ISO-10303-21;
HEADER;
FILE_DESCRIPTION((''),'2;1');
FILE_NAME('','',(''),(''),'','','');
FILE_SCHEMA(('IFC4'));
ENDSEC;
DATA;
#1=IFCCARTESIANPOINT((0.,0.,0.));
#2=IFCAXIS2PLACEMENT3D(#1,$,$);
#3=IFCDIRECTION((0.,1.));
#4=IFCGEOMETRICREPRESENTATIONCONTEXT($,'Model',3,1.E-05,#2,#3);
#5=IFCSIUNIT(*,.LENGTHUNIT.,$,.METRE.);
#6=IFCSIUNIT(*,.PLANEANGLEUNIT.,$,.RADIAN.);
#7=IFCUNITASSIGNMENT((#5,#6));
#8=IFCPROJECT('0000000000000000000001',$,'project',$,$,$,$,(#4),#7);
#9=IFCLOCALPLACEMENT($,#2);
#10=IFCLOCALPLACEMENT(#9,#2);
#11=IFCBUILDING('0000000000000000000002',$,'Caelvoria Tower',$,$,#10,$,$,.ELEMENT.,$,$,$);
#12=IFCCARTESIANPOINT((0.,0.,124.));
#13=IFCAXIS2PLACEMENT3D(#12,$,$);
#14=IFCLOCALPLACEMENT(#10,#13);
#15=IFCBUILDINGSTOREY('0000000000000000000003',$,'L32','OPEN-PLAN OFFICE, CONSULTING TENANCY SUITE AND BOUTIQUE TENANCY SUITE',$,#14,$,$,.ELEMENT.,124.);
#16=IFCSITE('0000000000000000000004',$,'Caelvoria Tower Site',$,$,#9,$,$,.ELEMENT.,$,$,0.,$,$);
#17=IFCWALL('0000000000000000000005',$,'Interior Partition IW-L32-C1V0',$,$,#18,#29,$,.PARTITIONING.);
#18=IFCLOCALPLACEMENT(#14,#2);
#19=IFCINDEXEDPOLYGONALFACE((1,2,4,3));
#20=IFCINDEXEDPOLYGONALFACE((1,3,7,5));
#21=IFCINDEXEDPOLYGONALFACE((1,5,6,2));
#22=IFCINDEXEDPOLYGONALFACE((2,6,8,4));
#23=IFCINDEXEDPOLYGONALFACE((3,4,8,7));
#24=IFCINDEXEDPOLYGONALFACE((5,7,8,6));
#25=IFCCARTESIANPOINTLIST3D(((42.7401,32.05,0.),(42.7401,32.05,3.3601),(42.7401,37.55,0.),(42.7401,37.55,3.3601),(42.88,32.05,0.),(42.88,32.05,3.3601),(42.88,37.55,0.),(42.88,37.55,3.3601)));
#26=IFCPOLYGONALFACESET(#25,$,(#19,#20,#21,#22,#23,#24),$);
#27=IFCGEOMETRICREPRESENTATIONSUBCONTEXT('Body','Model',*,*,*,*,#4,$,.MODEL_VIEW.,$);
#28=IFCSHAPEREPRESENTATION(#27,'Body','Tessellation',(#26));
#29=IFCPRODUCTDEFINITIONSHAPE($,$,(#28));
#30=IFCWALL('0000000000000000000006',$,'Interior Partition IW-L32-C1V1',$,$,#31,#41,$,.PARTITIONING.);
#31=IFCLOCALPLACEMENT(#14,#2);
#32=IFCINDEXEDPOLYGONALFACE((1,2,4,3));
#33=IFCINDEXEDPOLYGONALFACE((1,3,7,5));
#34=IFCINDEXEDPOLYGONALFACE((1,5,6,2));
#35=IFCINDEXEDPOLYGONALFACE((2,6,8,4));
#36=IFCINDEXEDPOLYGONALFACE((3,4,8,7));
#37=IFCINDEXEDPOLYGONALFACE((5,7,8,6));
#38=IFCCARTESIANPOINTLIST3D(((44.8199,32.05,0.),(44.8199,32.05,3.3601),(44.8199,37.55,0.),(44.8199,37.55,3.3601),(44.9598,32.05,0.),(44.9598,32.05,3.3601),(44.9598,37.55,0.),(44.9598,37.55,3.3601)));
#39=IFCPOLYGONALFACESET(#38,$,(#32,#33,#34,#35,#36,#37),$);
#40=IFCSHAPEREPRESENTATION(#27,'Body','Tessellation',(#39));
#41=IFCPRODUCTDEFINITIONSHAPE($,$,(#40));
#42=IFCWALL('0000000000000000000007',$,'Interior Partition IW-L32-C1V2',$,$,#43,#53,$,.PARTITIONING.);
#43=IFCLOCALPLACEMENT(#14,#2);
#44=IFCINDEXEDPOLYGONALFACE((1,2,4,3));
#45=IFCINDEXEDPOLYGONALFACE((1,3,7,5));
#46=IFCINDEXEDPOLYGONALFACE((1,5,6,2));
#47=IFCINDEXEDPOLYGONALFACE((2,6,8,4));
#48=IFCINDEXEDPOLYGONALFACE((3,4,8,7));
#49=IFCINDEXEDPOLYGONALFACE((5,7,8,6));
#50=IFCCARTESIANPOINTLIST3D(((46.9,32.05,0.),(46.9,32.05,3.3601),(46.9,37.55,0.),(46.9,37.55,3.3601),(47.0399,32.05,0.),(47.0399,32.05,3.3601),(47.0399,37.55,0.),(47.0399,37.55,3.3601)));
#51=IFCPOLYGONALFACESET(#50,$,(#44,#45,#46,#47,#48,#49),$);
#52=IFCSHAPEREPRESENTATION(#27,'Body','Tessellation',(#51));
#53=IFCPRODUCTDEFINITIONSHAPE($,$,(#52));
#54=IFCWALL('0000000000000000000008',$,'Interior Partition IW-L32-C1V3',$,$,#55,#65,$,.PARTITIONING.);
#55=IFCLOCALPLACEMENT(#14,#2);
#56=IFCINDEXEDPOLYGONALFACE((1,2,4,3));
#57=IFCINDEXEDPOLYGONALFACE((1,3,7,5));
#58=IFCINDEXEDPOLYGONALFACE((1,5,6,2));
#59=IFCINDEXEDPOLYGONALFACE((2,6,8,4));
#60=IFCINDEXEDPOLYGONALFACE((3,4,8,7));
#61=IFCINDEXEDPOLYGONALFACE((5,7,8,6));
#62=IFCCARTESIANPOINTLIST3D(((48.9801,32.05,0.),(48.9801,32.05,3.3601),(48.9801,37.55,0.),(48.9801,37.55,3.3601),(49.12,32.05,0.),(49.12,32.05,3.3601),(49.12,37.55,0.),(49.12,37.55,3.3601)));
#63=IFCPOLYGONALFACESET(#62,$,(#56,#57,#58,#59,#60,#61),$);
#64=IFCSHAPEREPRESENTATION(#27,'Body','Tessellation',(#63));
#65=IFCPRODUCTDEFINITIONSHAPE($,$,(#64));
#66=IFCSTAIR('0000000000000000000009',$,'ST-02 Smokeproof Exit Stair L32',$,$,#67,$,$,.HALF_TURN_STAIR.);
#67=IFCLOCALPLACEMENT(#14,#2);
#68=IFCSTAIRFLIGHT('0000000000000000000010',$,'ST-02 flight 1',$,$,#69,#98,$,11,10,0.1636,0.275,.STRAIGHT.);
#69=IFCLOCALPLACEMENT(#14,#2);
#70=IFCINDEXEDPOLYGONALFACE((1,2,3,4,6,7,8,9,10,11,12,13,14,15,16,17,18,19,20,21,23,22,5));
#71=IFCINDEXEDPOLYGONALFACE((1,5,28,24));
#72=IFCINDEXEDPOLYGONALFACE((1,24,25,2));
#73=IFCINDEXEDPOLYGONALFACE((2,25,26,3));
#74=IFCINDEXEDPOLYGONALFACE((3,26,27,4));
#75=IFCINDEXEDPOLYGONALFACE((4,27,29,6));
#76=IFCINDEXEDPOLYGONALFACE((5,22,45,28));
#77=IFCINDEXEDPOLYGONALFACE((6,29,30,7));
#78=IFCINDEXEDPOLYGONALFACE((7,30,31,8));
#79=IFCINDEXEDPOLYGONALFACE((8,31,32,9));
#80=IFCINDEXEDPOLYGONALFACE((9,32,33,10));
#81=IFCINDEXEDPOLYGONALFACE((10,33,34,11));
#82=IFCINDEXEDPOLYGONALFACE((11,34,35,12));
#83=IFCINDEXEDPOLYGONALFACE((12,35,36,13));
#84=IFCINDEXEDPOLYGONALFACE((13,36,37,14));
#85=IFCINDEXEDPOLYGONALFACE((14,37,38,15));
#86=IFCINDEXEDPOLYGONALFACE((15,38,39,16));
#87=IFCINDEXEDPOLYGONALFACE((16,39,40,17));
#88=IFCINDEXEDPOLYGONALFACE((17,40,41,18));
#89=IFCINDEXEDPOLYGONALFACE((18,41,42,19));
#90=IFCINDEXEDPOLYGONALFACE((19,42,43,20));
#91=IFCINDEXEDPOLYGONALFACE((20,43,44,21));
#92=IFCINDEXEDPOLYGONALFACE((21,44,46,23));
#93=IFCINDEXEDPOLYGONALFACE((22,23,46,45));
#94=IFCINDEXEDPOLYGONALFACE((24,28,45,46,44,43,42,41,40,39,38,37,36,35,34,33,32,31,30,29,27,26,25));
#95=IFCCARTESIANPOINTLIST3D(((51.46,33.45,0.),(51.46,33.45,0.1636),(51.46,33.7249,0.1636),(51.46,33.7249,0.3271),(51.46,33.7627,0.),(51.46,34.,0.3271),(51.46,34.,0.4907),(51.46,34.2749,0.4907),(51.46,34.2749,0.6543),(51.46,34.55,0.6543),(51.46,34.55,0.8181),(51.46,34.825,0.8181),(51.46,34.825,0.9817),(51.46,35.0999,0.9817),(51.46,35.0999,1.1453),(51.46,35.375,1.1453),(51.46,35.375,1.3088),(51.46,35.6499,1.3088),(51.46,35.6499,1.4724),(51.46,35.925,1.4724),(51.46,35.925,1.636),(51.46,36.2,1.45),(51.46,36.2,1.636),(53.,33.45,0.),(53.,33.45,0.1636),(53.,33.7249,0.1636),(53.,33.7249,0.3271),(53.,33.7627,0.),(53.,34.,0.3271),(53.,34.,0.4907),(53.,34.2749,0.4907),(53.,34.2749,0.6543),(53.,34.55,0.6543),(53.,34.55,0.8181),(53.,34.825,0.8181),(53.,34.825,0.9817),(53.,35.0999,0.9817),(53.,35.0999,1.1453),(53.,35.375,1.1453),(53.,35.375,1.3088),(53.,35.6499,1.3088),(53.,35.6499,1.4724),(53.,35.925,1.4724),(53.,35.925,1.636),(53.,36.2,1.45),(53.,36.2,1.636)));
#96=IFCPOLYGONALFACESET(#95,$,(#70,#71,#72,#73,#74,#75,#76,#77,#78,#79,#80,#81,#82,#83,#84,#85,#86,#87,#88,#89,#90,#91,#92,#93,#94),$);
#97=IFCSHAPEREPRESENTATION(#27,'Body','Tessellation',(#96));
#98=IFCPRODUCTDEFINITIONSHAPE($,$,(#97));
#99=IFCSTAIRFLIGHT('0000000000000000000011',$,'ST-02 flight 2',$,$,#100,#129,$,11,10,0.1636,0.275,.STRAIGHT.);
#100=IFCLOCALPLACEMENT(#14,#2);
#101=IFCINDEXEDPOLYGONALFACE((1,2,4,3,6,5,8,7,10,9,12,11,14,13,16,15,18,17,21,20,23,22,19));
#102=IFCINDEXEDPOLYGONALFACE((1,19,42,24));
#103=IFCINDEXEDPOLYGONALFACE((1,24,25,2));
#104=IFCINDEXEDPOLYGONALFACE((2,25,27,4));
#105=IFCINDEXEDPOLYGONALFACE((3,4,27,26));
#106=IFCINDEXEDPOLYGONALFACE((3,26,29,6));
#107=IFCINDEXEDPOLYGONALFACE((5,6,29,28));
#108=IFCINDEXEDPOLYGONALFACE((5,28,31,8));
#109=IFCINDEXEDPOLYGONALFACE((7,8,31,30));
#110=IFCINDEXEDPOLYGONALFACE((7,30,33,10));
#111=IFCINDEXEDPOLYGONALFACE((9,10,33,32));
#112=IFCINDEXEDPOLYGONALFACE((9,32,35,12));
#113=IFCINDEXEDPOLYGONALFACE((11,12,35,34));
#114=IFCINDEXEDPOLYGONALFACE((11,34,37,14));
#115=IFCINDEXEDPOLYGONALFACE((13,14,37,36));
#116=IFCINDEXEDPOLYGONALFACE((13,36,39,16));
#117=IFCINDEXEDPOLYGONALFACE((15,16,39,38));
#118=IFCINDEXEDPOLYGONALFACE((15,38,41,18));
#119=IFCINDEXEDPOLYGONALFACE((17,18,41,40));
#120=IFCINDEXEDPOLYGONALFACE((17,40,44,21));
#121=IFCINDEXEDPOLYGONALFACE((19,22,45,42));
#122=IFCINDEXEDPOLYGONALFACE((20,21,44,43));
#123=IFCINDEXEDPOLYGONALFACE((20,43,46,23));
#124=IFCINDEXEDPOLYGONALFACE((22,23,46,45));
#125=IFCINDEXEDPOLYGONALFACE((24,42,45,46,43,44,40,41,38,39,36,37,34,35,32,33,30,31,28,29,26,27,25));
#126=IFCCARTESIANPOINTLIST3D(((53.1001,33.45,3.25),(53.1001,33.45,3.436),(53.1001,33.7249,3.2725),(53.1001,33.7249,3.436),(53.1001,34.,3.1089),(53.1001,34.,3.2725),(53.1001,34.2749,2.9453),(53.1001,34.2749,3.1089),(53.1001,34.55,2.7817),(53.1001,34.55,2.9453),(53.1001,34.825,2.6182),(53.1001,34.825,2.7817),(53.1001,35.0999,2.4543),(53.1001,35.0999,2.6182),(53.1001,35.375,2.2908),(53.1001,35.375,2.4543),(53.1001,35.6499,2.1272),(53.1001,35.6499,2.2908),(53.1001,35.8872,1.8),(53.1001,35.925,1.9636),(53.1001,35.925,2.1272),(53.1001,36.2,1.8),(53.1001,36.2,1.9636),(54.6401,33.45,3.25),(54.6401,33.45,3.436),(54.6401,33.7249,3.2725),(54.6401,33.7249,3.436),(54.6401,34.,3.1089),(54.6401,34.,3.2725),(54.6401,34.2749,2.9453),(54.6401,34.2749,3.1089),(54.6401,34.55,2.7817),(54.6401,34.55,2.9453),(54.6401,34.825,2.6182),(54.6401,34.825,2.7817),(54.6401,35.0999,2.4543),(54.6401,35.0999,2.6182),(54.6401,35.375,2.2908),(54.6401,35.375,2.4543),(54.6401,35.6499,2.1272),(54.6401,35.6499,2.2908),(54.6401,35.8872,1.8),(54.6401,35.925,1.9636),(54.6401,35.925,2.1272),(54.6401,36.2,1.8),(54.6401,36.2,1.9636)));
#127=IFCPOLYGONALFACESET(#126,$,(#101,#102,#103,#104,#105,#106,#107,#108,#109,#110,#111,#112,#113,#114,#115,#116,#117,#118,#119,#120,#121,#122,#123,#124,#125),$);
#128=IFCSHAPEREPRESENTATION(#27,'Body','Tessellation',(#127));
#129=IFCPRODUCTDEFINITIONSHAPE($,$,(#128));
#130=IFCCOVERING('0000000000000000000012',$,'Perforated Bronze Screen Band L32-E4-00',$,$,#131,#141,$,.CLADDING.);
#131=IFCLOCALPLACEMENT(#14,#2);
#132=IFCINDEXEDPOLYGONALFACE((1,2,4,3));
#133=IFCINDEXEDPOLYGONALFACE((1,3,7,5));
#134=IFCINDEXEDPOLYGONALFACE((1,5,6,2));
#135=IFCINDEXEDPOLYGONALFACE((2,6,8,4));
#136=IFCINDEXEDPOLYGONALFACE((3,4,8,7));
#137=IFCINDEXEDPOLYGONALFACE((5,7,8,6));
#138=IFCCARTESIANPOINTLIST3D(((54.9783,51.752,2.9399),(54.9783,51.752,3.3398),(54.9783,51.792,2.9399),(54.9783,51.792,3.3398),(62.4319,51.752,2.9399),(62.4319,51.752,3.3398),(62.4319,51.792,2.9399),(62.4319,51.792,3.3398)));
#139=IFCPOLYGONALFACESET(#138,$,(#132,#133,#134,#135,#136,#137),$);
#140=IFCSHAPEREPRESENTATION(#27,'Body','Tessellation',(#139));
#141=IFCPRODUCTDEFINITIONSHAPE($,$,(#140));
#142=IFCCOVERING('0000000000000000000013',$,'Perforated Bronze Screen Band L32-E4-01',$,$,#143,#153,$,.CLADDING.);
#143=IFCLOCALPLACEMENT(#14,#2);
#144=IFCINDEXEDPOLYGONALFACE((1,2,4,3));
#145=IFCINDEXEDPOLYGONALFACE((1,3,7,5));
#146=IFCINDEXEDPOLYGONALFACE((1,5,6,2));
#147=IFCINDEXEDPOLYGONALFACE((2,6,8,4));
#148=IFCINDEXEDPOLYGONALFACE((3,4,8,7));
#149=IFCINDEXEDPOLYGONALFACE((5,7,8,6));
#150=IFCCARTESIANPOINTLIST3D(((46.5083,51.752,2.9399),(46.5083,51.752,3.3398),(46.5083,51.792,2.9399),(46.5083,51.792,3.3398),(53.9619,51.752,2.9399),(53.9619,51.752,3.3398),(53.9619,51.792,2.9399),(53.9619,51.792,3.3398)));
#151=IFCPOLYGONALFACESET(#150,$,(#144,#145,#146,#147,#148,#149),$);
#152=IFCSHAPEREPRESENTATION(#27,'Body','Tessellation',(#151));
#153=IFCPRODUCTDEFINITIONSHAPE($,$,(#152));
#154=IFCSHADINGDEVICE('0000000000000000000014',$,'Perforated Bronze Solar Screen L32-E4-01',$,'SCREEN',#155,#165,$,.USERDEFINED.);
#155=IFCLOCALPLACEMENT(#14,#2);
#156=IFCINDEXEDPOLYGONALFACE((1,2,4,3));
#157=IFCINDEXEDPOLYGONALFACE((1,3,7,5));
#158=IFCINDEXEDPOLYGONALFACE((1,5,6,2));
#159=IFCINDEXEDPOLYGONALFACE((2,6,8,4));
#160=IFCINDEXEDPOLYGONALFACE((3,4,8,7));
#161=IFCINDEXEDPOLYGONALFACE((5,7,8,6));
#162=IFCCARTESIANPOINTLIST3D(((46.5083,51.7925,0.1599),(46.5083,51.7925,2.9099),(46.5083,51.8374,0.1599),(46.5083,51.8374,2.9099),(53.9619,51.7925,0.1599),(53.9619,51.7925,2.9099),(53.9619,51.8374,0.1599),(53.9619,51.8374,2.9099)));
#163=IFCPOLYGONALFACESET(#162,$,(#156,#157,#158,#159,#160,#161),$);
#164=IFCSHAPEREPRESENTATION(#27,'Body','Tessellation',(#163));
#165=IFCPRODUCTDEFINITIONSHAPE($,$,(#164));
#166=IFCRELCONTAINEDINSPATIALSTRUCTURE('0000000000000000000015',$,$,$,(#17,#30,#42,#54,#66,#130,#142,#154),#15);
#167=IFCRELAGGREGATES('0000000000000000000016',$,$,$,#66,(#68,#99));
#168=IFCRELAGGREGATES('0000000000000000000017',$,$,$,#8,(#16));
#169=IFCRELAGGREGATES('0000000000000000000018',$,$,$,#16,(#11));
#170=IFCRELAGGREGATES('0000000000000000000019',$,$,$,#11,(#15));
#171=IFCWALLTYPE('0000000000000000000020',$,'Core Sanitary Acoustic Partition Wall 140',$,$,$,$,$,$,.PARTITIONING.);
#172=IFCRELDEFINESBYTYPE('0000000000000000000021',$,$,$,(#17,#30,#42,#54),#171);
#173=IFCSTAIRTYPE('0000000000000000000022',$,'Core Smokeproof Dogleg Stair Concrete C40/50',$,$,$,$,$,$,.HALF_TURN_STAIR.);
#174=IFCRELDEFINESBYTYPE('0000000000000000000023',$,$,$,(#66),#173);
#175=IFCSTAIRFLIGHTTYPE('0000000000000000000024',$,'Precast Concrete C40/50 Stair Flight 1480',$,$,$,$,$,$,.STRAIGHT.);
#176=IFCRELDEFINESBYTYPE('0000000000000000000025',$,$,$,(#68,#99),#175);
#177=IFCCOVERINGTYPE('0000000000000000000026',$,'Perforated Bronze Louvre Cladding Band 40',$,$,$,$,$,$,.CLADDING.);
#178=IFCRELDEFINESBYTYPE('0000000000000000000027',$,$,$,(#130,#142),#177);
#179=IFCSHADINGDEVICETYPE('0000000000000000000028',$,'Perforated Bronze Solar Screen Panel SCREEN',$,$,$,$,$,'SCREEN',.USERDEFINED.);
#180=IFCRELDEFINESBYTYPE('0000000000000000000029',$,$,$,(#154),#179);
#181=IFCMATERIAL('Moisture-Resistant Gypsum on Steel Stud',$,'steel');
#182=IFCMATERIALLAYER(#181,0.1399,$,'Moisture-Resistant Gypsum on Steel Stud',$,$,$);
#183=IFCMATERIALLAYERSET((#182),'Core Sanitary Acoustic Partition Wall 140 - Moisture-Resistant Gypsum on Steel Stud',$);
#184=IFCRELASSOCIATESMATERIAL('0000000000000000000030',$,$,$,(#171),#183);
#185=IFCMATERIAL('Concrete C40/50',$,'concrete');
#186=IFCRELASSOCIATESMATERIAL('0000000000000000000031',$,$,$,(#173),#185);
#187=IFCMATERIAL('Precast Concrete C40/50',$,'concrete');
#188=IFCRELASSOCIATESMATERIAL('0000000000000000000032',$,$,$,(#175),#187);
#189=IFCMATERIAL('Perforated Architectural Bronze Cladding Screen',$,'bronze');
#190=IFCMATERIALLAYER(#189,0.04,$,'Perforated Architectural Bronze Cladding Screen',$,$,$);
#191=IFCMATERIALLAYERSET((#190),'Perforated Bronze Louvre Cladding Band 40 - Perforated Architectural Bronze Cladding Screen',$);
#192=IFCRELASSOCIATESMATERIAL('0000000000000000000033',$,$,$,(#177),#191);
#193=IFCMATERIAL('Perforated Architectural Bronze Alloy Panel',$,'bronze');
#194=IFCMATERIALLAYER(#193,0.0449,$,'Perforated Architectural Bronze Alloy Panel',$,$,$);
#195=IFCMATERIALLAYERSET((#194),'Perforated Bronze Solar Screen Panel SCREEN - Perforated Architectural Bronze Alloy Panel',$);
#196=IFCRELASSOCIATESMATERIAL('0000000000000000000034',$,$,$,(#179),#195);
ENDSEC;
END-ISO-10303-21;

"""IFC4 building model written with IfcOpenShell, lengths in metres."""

from ifc_helpers import new_model, si_unit, direction, frame, frame_2d, origin, origin_2d, place, context, subcontext, project, spatial, polyline, rectangle, outline, extrude, material, layer, layer_set, type_object, element, aggregate, save


model = new_model("IFC4")

# Units and contexts
model_context = context("Model", 3, precision=1e-05, world=origin(), true_north=direction((0.0, 1.0)))
body_context = subcontext(model_context, "Body", "Model", "MODEL_VIEW")
ifc_project = project(units=[si_unit("LENGTHUNIT", "METRE"), si_unit("PLANEANGLEUNIT", "RADIAN")], contexts=[model_context])

# Site, building, storey
site_placement = place(None, origin())
site = spatial("IfcSite", under=ifc_project, at=site_placement, Name="Caelvoria Tower Site", CompositionType="ELEMENT", RefElevation=0.0)
building_placement = place(site_placement, origin())
building = spatial("IfcBuilding", under=site, at=building_placement, Name="Caelvoria Tower", CompositionType="ELEMENT")
storey_placement = place(building_placement, frame((0.0, 0.0, 124.0)))
storey = spatial("IfcBuildingStorey", under=building, at=storey_placement, Name="L32", Description="OPEN-PLAN OFFICE, CONSULTING TENANCY SUITE AND BOUTIQUE TENANCY SUITE", CompositionType="ELEMENT", Elevation=124.0)

# Walls
ifc_material_1 = material(Name="Moisture-Resistant Gypsum on Steel Stud", Category="steel")
ifc_layer_1 = layer(ifc_material_1, 0.1399, Name="Moisture-Resistant Gypsum on Steel Stud")
ifc_layer_set_1 = layer_set([ifc_layer_1], Name="Core Sanitary Acoustic Partition Wall 140 - Moisture-Resistant Gypsum on Steel Stud")
wall_type = type_object("IfcWallType", Name="Core Sanitary Acoustic Partition Wall 140", PredefinedType="PARTITIONING", material=ifc_layer_set_1)
for number, where, z_axis, x_axis, name in (
    (1, (42.8101, 32.05, 0.0), (0.0, 0.0, 1.0), (0.0, 1.0, 0.0), "Interior Partition IW-L32-C1V0"),
    (2, (44.8899, 32.05, 0.0), (0.0, 0.0, 1.0), (0.0, 1.0, 0.0), "Interior Partition IW-L32-C1V1"),
    (3, (46.97, 32.05, 0.0), (0.0, 0.0, 1.0), (0.0, 1.0, 0.0), "Interior Partition IW-L32-C1V2"),
    (4, (49.05, 32.05, 0.0), (0.0, 0.0, 1.0), (0.0, 1.0, 0.0), "Interior Partition IW-L32-C1V3"),
):
    element("IfcWall", number, at=place(storey_placement, frame(where, z_axis=z_axis, x_axis=x_axis)), inside=storey, type_object=wall_type, Name=name, PredefinedType="PARTITIONING", context=body_context, shape_type="SweptSolid", body=[
        extrude(rectangle(XDim=5.5, YDim=0.1399, at=frame_2d((2.75, 0.0))), origin(), (0.0, 0.0, 1.0), 3.3601),
    ])

# Stair, stair flights
ifc_material_2 = material(Name="Concrete C40/50", Category="concrete")
stair_type = type_object("IfcStairType", Name="Core Smokeproof Dogleg Stair Concrete C40/50", PredefinedType="HALF_TURN_STAIR", material=ifc_material_2)
stair_placement = place(storey_placement, origin())
stair = element("IfcStair", 5, at=stair_placement, inside=storey, type_object=stair_type, Name="ST-02 Smokeproof Exit Stair L32", PredefinedType="HALF_TURN_STAIR")
ifc_material_3 = material(Name="Precast Concrete C40/50", Category="concrete")
stair_flight_type = type_object("IfcStairFlightType", Name="Precast Concrete C40/50 Stair Flight 1480", PredefinedType="STRAIGHT", material=ifc_material_3)
stair_flight_1_placement = place(storey_placement, frame((52.23, 33.45, 0.0), z_axis=(0.0, 0.0, 1.0), x_axis=(0.0, 1.0, 0.0)))
stair_flight_1 = element("IfcStairFlight", 6, at=stair_flight_1_placement, type_object=stair_flight_type, Name="ST-02 flight 1", NumberOfRisers=11, NumberOfTreads=10, PredefinedType="STRAIGHT", RiserHeight=0.1636, TreadLength=0.275, context=body_context, shape_type="SweptSolid", body=[
    extrude(outline(polyline([(0.0, 0.0), (0.0, 0.1636), (0.2749, 0.1636), (0.2749, 0.3271), (0.55, 0.3271), (0.55, 0.4907), (0.825, 0.4907), (0.825, 0.6543), (1.1001, 0.6543), (1.1001, 0.8181), (1.375, 0.8181), (1.375, 0.9817), (1.6499, 0.9817), (1.6499, 1.1453), (1.925, 1.1453), (1.925, 1.3088), (2.2, 1.3088), (2.2, 1.4724), (2.4751, 1.4724), (2.4751, 1.636), (2.75, 1.636), (2.75, 1.7996), (2.75, 1.45), (0.3127, 0.0), (0.0, 0.0)])), frame((0.0, 0.77, 0.0), z_axis=(0.0, -1.0, 0.0), x_axis=(1.0, 0.0, 0.0)), (0.0, 0.0, 1.0), 1.54),
])
stair_flight_2_placement = place(storey_placement, frame((53.8701, 36.2, 1.8), z_axis=(0.0, 0.0, 1.0), x_axis=(0.0, -1.0, 0.0)))
stair_flight_2 = element("IfcStairFlight", 7, at=stair_flight_2_placement, type_object=stair_flight_type, Name="ST-02 flight 2", NumberOfRisers=11, NumberOfTreads=10, PredefinedType="STRAIGHT", RiserHeight=0.1636, TreadLength=0.275, context=body_context, shape_type="SweptSolid", body=[
    extrude(outline(polyline([(0.0, 0.0), (0.0, 0.1636), (0.2749, 0.1636), (0.2749, 0.3271), (0.55, 0.3271), (0.55, 0.4907), (0.825, 0.4907), (0.825, 0.6543), (1.1001, 0.6543), (1.1001, 0.8181), (1.375, 0.8181), (1.375, 0.9817), (1.6499, 0.9817), (1.6499, 1.1453), (1.925, 1.1453), (1.925, 1.3088), (2.2, 1.3088), (2.2, 1.4724), (2.4751, 1.4724), (2.4751, 1.636), (2.75, 1.636), (2.75, 1.7996), (2.75, 1.45), (0.3127, 0.0), (0.0, 0.0)])), frame((0.0, 0.77, 0.0), z_axis=(0.0, -1.0, 0.0), x_axis=(1.0, 0.0, 0.0)), (0.0, 0.0, 1.0), 1.54),
])
aggregate(stair, [stair_flight_1, stair_flight_2])

# Coverings
ifc_material_4 = material(Name="Perforated Architectural Bronze Cladding Screen", Category="bronze")
ifc_layer_2 = layer(ifc_material_4, 0.04, Name="Perforated Architectural Bronze Cladding Screen")
ifc_layer_set_2 = layer_set([ifc_layer_2], Name="Perforated Bronze Louvre Cladding Band 40 - Perforated Architectural Bronze Cladding Screen")
covering_type = type_object("IfcCoveringType", Name="Perforated Bronze Louvre Cladding Band 40", PredefinedType="CLADDING", material=ifc_layer_set_2)
for number, where, z_axis, x_axis, name in (
    (8, (58.7051, 51.772, 2.9399), (0.0, 0.0, 1.0), (-1.0, 0.0, 0.0), "Perforated Bronze Screen Band L32-E4-00"),
    (9, (50.2351, 51.772, 2.9399), (0.0, 0.0, 1.0), (-1.0, 0.0, 0.0), "Perforated Bronze Screen Band L32-E4-01"),
):
    element("IfcCovering", number, at=place(storey_placement, frame(where, z_axis=z_axis, x_axis=x_axis)), inside=storey, type_object=covering_type, Name=name, PredefinedType="CLADDING", context=body_context, shape_type="SweptSolid", body=[
        extrude(rectangle(XDim=7.4536, YDim=0.04, at=origin_2d()), origin(), (0.0, 0.0, 1.0), 0.3999),
    ])

# Shading device
ifc_material_5 = material(Name="Perforated Architectural Bronze Alloy Panel", Category="bronze")
ifc_layer_3 = layer(ifc_material_5, 0.0449, Name="Perforated Architectural Bronze Alloy Panel")
ifc_layer_set_3 = layer_set([ifc_layer_3], Name="Perforated Bronze Solar Screen Panel SCREEN - Perforated Architectural Bronze Alloy Panel")
shading_device_type = type_object("IfcShadingDeviceType", Name="Perforated Bronze Solar Screen Panel SCREEN", ElementType="SCREEN", PredefinedType="USERDEFINED", material=ifc_layer_set_3)
shading_device_placement = place(storey_placement, frame((50.2351, 51.8149, 0.1599), z_axis=(0.0, 0.0, 1.0), x_axis=(-1.0, 0.0, 0.0)))
element("IfcShadingDevice", 10, at=shading_device_placement, inside=storey, type_object=shading_device_type, Name="Perforated Bronze Solar Screen L32-E4-01", ObjectType="SCREEN", PredefinedType="USERDEFINED", context=body_context, shape_type="SweptSolid", body=[
    extrude(rectangle(XDim=7.4536, YDim=0.0449, at=origin_2d()), origin(), (0.0, 0.0, 1.0), 2.75),
])

save(model, "model.ifc")
